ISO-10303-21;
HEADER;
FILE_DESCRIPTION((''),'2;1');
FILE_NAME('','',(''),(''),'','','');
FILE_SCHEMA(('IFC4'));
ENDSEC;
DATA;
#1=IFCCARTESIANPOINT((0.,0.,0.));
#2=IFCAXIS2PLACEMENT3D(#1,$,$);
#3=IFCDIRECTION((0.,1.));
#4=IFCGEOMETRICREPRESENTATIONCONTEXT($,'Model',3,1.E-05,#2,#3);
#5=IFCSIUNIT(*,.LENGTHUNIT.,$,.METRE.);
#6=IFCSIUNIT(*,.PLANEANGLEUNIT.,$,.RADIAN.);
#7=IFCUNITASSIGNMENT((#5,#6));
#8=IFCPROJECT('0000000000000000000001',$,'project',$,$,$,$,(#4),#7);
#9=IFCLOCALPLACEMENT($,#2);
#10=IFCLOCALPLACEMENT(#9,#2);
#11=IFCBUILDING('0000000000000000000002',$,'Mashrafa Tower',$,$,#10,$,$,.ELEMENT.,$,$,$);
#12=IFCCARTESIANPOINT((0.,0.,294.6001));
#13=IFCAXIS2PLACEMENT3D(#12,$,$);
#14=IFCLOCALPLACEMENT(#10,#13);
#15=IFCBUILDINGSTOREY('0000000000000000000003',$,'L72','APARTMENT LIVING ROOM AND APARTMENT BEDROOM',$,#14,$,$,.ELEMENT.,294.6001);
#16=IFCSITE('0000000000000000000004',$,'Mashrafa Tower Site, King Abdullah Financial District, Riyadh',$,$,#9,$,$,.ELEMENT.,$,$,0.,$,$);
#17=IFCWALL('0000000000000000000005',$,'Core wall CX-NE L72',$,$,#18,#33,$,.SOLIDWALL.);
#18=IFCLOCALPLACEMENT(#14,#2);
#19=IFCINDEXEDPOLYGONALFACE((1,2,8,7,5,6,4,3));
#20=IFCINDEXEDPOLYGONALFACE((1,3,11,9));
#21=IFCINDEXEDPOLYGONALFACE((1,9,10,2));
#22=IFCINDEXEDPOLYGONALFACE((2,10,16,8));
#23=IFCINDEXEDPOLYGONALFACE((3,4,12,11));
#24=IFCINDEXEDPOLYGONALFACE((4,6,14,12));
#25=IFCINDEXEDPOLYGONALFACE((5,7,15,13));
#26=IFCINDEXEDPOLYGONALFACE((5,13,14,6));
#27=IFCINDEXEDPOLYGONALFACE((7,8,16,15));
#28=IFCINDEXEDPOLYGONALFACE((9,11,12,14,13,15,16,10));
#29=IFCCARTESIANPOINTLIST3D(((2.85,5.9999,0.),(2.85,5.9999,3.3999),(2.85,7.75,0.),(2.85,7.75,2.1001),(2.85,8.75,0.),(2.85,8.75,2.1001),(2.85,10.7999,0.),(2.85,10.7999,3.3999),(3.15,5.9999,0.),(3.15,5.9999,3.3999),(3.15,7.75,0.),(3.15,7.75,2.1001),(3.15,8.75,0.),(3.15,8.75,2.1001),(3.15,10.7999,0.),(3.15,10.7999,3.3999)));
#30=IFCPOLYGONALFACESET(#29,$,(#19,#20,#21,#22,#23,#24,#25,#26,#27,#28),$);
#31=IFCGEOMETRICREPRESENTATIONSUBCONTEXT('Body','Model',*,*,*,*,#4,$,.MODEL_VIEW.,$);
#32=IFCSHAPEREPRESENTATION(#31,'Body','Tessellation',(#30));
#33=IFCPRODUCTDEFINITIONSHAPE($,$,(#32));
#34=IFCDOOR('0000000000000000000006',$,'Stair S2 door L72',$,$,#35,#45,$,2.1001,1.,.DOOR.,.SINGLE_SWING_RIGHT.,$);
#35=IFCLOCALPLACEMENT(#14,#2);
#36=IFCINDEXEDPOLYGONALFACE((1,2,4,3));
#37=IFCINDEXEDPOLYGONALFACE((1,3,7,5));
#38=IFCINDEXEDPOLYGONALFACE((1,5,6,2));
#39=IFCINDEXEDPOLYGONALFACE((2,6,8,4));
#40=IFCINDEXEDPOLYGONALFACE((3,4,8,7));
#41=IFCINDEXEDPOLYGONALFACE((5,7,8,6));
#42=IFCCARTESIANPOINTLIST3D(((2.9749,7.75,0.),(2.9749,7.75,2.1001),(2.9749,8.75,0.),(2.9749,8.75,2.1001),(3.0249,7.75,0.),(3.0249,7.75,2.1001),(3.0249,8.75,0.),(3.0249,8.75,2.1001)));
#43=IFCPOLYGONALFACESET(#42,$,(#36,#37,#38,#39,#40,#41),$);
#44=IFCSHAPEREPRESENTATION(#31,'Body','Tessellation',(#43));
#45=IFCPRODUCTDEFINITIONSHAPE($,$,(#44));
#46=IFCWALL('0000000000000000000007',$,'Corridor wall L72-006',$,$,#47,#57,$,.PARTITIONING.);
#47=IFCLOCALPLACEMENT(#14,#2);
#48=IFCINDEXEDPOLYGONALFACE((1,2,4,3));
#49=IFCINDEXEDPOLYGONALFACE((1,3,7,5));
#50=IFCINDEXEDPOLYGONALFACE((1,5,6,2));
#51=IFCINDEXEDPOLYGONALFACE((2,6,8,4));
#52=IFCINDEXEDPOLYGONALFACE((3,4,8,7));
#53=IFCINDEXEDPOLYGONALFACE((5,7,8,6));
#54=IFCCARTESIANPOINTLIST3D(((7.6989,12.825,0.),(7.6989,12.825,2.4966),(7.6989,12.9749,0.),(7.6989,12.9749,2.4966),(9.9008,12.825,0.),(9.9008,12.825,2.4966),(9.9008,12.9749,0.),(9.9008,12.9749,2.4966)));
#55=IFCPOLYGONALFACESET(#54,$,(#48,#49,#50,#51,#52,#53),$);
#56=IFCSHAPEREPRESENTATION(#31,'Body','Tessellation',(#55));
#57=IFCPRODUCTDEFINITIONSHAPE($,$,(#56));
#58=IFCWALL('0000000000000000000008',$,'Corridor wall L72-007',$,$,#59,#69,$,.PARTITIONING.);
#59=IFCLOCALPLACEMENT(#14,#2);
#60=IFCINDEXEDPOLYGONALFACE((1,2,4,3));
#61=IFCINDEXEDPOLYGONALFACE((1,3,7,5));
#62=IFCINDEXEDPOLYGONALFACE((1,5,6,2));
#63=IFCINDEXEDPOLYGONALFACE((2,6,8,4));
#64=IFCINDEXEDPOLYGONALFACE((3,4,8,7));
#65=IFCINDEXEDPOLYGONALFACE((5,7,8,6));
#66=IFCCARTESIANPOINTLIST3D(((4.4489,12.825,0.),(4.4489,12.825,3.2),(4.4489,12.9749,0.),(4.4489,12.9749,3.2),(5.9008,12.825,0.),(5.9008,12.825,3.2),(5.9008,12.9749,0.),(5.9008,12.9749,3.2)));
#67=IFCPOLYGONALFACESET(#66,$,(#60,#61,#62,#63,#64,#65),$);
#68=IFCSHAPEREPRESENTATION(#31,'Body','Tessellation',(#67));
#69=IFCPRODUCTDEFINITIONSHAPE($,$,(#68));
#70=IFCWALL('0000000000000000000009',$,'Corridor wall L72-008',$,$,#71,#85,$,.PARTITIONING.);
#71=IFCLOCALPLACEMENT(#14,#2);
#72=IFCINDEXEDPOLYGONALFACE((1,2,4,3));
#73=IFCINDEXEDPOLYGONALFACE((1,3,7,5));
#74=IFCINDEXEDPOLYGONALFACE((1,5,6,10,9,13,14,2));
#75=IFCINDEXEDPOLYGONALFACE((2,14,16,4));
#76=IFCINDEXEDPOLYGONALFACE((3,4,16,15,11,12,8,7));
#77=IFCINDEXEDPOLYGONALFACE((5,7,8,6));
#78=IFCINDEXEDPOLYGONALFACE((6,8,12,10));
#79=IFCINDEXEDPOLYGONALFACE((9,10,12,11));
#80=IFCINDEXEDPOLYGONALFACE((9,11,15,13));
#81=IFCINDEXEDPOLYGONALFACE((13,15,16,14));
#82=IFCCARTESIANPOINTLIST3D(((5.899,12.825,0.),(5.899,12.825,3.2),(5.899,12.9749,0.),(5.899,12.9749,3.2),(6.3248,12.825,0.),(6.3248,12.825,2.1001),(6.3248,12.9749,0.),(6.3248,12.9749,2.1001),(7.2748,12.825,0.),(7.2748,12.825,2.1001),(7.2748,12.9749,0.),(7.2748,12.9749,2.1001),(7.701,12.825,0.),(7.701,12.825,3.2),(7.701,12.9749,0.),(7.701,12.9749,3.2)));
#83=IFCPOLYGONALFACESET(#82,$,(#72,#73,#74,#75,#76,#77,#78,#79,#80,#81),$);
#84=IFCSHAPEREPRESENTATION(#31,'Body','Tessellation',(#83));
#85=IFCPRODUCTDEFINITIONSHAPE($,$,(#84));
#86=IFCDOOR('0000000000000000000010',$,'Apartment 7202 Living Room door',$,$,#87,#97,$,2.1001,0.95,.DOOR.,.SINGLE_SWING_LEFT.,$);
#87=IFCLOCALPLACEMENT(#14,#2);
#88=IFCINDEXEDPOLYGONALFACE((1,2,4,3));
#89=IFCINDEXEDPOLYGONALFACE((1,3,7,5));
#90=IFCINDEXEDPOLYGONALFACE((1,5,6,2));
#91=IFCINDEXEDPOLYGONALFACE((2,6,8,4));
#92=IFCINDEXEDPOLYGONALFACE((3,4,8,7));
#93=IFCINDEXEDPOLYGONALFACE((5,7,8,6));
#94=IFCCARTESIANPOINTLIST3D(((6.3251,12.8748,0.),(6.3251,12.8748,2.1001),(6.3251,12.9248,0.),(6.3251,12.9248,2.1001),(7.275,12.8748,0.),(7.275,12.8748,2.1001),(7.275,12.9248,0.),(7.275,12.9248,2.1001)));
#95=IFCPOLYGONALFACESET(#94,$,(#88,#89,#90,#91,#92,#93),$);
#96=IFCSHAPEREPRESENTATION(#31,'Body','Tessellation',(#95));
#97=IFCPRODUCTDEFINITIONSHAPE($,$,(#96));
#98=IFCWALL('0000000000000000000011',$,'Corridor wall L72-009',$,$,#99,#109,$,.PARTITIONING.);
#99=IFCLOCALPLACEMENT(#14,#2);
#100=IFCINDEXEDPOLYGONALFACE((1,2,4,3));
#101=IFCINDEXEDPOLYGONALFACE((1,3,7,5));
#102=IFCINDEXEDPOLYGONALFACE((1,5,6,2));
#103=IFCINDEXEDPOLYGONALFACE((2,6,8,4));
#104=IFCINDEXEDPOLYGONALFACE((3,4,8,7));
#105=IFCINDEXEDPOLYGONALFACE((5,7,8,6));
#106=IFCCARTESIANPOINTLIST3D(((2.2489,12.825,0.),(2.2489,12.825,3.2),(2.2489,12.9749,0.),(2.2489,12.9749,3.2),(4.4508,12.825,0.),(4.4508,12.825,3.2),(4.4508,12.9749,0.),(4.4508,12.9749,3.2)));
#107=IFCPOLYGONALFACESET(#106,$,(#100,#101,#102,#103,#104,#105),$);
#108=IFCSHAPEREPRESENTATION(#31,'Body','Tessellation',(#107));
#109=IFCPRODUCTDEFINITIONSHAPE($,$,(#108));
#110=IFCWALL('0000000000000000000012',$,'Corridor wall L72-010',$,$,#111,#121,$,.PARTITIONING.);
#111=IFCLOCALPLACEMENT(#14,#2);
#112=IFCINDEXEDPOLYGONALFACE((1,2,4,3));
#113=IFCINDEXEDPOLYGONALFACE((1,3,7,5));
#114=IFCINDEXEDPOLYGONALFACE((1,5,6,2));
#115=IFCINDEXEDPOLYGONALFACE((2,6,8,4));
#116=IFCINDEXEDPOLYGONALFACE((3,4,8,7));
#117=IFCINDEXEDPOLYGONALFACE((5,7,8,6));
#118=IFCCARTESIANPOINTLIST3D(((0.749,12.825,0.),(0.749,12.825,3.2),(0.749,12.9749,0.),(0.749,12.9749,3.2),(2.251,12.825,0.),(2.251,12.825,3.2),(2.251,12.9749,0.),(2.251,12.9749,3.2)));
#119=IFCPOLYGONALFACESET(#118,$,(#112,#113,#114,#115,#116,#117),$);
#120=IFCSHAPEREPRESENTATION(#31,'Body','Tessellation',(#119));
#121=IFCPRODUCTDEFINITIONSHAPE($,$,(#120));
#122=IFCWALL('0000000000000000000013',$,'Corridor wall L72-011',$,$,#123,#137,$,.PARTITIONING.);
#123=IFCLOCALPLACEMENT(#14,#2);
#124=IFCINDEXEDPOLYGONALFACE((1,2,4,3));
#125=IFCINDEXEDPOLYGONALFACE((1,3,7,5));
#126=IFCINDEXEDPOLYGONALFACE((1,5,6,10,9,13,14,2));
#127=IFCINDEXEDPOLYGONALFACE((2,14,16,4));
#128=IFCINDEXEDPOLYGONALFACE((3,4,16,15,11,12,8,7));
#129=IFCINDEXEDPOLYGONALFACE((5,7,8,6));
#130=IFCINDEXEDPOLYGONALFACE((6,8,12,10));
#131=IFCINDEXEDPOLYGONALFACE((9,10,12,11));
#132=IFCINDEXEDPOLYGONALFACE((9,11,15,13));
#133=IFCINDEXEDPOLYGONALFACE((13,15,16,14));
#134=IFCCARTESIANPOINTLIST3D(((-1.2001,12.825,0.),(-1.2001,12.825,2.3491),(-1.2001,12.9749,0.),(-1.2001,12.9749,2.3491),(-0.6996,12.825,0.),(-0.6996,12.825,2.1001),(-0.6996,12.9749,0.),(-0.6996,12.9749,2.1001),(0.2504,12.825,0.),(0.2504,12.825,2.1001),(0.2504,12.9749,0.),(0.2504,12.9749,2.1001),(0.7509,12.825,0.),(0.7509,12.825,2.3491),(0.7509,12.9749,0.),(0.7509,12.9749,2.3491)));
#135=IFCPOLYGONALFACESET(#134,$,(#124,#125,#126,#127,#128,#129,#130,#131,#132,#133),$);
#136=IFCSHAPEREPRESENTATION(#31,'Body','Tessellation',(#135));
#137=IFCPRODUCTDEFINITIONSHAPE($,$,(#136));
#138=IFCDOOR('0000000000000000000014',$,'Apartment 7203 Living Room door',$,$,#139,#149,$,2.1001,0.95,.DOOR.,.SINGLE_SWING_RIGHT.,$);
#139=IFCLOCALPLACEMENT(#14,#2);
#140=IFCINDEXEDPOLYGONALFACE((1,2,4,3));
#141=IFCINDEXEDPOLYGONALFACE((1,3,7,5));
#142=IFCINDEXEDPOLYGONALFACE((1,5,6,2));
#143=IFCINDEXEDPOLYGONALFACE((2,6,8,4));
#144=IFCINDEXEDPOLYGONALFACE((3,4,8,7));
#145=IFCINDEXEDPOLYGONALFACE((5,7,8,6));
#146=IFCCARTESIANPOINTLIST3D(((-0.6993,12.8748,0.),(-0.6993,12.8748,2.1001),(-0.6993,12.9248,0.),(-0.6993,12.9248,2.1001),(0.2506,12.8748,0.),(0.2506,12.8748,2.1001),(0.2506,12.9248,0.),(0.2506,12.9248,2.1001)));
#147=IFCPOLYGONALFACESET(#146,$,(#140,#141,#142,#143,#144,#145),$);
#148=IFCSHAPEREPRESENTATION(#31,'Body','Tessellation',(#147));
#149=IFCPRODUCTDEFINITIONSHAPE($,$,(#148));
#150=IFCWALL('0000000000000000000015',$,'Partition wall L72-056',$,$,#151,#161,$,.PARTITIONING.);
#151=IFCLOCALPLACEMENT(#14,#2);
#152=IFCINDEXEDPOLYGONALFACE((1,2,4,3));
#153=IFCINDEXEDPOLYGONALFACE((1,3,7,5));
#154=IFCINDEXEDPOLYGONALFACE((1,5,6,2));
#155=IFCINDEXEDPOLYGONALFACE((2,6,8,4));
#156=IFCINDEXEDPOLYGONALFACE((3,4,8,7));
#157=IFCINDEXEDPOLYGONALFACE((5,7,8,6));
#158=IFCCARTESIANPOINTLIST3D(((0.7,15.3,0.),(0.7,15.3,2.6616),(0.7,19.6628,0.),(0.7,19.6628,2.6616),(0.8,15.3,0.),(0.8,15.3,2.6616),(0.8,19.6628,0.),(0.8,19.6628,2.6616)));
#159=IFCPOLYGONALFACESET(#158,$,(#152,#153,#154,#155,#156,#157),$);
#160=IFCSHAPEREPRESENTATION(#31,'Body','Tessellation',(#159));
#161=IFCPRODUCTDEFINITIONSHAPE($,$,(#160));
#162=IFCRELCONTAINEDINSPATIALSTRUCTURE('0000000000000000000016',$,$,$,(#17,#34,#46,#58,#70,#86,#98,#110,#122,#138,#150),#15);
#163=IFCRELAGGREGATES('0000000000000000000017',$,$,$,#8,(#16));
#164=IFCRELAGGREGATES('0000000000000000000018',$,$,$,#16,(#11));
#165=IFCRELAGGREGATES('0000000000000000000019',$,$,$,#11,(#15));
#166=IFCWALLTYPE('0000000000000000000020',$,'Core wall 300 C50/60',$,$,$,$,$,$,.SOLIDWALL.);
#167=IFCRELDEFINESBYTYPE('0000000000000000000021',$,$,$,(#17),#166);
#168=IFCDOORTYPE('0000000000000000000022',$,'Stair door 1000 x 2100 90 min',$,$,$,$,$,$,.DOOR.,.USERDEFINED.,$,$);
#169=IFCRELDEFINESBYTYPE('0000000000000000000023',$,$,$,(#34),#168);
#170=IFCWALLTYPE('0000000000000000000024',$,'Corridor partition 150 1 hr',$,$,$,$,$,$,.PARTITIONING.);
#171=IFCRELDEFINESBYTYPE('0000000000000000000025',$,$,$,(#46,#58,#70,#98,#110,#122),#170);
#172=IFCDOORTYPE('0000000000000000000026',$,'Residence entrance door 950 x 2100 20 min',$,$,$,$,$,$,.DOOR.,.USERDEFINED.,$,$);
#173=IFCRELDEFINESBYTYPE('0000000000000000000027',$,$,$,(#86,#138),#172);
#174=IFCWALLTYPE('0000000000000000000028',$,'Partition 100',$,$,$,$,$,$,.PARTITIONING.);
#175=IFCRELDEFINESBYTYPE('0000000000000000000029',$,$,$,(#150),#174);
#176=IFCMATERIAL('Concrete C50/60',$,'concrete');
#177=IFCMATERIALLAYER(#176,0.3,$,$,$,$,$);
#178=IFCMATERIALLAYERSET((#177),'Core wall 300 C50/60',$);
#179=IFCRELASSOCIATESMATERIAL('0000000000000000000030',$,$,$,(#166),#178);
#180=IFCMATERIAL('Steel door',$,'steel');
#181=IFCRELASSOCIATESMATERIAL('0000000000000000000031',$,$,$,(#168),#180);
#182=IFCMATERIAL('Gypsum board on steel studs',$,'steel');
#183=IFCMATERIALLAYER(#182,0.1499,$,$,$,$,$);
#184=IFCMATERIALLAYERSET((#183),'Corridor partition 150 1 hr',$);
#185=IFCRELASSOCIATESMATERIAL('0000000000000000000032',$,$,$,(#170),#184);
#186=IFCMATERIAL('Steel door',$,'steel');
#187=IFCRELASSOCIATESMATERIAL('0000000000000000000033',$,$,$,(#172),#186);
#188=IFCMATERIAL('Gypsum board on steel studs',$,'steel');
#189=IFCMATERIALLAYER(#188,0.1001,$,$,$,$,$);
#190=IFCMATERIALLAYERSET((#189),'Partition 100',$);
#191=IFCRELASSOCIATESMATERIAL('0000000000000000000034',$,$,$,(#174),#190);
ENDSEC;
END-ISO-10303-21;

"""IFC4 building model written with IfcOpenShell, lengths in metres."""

from ifc_helpers import new_model, si_unit, direction, frame, frame_2d, origin, place, context, subcontext, project, spatial, rectangle, extrude, material, layer, layer_set, type_object, element, fill, save


model = new_model("IFC4")

# Units and contexts
model_context = context("Model", 3, precision=1e-05, world=origin(), true_north=direction((0.0, 1.0)))
body_context = subcontext(model_context, "Body", "Model", "MODEL_VIEW")
ifc_project = project(units=[si_unit("LENGTHUNIT", "METRE"), si_unit("PLANEANGLEUNIT", "RADIAN")], contexts=[model_context])

# Site, building, storey
site_placement = place(None, origin())
site = spatial("IfcSite", under=ifc_project, at=site_placement, Name="Mashrafa Tower Site, King Abdullah Financial District, Riyadh", CompositionType="ELEMENT", RefElevation=0.0)
building_placement = place(site_placement, origin())
building = spatial("IfcBuilding", under=site, at=building_placement, Name="Mashrafa Tower", CompositionType="ELEMENT")
storey_placement = place(building_placement, frame((0.0, 0.0, 294.6001)))
storey = spatial("IfcBuildingStorey", under=building, at=storey_placement, Name="L72", Description="APARTMENT LIVING ROOM AND APARTMENT BEDROOM", CompositionType="ELEMENT", Elevation=294.6001)

# Wall, opening, door
ifc_material_1 = material(Name="Concrete C50/60", Category="concrete")
ifc_layer_1 = layer(ifc_material_1, 0.3)
ifc_layer_set_1 = layer_set([ifc_layer_1], Name="Core wall 300 C50/60")
wall_type_1 = type_object("IfcWallType", Name="Core wall 300 C50/60", PredefinedType="SOLIDWALL", material=ifc_layer_set_1)
wall_1_placement = place(storey_placement, frame((3.0, 6.0, 0.0), z_axis=(0.0, 0.0, 1.0), x_axis=(0.0, 1.0, 0.0)))
wall_1 = element("IfcWall", 1, at=wall_1_placement, inside=storey, type_object=wall_type_1, Name="Core wall CX-NE L72", PredefinedType="SOLIDWALL", context=body_context, shape_type="SweptSolid", body=[
    extrude(rectangle(XDim=4.8, YDim=0.3, at=frame_2d((2.3999, 0.0))), origin(), (0.0, 0.0, 1.0), 3.3999),
])
opening_1_placement = place(wall_1_placement, frame((1.75, 0.0, 0.0)))
opening_1 = element("IfcOpeningElement", 2, at=opening_1_placement, cuts=wall_1, PredefinedType="OPENING", context=body_context, shape_type="SweptSolid", body=[
    extrude(rectangle(XDim=1.0, YDim=2.1001, at=frame_2d((0.5, 1.05))), frame((0.0, 0.1599, 0.0), z_axis=(0.0, -1.0, 0.0), x_axis=(1.0, 0.0, 0.0)), (0.0, 0.0, 1.0), 0.3201),
])
ifc_material_2 = material(Name="Steel door", Category="steel")
door_type_1 = type_object("IfcDoorType", Name="Stair door 1000 x 2100 90 min", OperationType="USERDEFINED", PredefinedType="DOOR", material=ifc_material_2)
door_1_placement = place(opening_1_placement, frame((1.0, 0.0, 0.0), z_axis=(0.0, 0.0, 1.0), x_axis=(-1.0, 0.0, 0.0)))
door_1 = element("IfcDoor", 3, at=door_1_placement, inside=storey, type_object=door_type_1, Name="Stair S2 door L72", OperationType="SINGLE_SWING_RIGHT", OverallHeight=2.1001, OverallWidth=1.0, PredefinedType="DOOR", context=body_context, shape_type="SweptSolid", body=[
    extrude(rectangle(XDim=1.0, YDim=2.1001, at=frame_2d((0.5, 1.05))), frame((0.0, 0.0249, 0.0), z_axis=(0.0, -1.0, 0.0), x_axis=(1.0, 0.0, 0.0)), (0.0, 0.0, 1.0), 0.05),
])
fill(opening_1, door_1)

# Walls
ifc_material_3 = material(Name="Gypsum board on steel studs", Category="steel")
ifc_layer_2 = layer(ifc_material_3, 0.1499)
ifc_layer_set_2 = layer_set([ifc_layer_2], Name="Corridor partition 150 1 hr")
wall_type_2 = type_object("IfcWallType", Name="Corridor partition 150 1 hr", PredefinedType="PARTITIONING", material=ifc_layer_set_2)
wall_2_placement = place(storey_placement, frame((9.9009, 12.8999, 0.0), z_axis=(0.0, 0.0, 1.0), x_axis=(-1.0, 0.0, 0.0)))
element("IfcWall", 4, at=wall_2_placement, inside=storey, type_object=wall_type_2, Name="Corridor wall L72-006", PredefinedType="PARTITIONING", context=body_context, shape_type="SweptSolid", body=[
    extrude(rectangle(XDim=2.2019, YDim=0.1499, at=frame_2d((1.1011, 0.0))), origin(), (0.0, 0.0, 1.0), 2.4966),
])
wall_3_placement = place(storey_placement, frame((5.9009, 12.8999, 0.0), z_axis=(0.0, 0.0, 1.0), x_axis=(-1.0, 0.0, 0.0)))
element("IfcWall", 5, at=wall_3_placement, inside=storey, type_object=wall_type_2, Name="Corridor wall L72-007", PredefinedType="PARTITIONING", context=body_context, shape_type="SweptSolid", body=[
    extrude(rectangle(XDim=1.4519, YDim=0.1499, at=frame_2d((0.7261, 0.0))), origin(), (0.0, 0.0, 1.0), 3.2),
])

# Wall, opening, door
wall_4_placement = place(storey_placement, frame((7.7009, 12.8999, 0.0), z_axis=(0.0, 0.0, 1.0), x_axis=(-1.0, 0.0, 0.0)))
wall_4 = element("IfcWall", 6, at=wall_4_placement, inside=storey, type_object=wall_type_2, Name="Corridor wall L72-008", PredefinedType="PARTITIONING", context=body_context, shape_type="SweptSolid", body=[
    extrude(rectangle(XDim=1.802, YDim=0.1499, at=frame_2d((0.9009, 0.0))), origin(), (0.0, 0.0, 1.0), 3.2),
])
opening_2_placement = place(wall_4_placement, frame((0.426, 0.0, 0.0)))
opening_2 = element("IfcOpeningElement", 7, at=opening_2_placement, cuts=wall_4, PredefinedType="OPENING", context=body_context, shape_type="SweptSolid", body=[
    extrude(rectangle(XDim=0.95, YDim=2.1001, at=frame_2d((0.4751, 1.05))), frame((0.0, 0.085, 0.0), z_axis=(0.0, -1.0, 0.0), x_axis=(1.0, 0.0, 0.0)), (0.0, 0.0, 1.0), 0.1699),
])
ifc_material_4 = material(Name="Steel door", Category="steel")
door_type_2 = type_object("IfcDoorType", Name="Residence entrance door 950 x 2100 20 min", OperationType="USERDEFINED", PredefinedType="DOOR", material=ifc_material_4)
door_2_placement = place(opening_2_placement, frame((0.95, 0.0, 0.0), z_axis=(0.0, 0.0, 1.0), x_axis=(-1.0, 0.0, 0.0)))
door_2 = element("IfcDoor", 8, at=door_2_placement, inside=storey, type_object=door_type_2, Name="Apartment 7202 Living Room door", OperationType="SINGLE_SWING_LEFT", OverallHeight=2.1001, OverallWidth=0.95, PredefinedType="DOOR", context=body_context, shape_type="SweptSolid", body=[
    extrude(rectangle(XDim=0.95, YDim=2.1001, at=frame_2d((0.4751, 1.05))), frame((0.0, 0.0249, 0.0), z_axis=(0.0, -1.0, 0.0), x_axis=(1.0, 0.0, 0.0)), (0.0, 0.0, 1.0), 0.05),
])
fill(opening_2, door_2)

# Walls
wall_5_placement = place(storey_placement, frame((4.4509, 12.8999, 0.0), z_axis=(0.0, 0.0, 1.0), x_axis=(-1.0, 0.0, 0.0)))
element("IfcWall", 9, at=wall_5_placement, inside=storey, type_object=wall_type_2, Name="Corridor wall L72-009", PredefinedType="PARTITIONING", context=body_context, shape_type="SweptSolid", body=[
    extrude(rectangle(XDim=2.2019, YDim=0.1499, at=frame_2d((1.1011, 0.0))), origin(), (0.0, 0.0, 1.0), 3.2),
])
wall_6_placement = place(storey_placement, frame((2.251, 12.8999, 0.0), z_axis=(0.0, 0.0, 1.0), x_axis=(-1.0, 0.0, 0.0)))
element("IfcWall", 10, at=wall_6_placement, inside=storey, type_object=wall_type_2, Name="Corridor wall L72-010", PredefinedType="PARTITIONING", context=body_context, shape_type="SweptSolid", body=[
    extrude(rectangle(XDim=1.502, YDim=0.1499, at=frame_2d((0.751, 0.0))), origin(), (0.0, 0.0, 1.0), 3.2),
])

# Wall, opening, door
wall_7_placement = place(storey_placement, frame((0.751, 12.8999, 0.0), z_axis=(0.0, 0.0, 1.0), x_axis=(-1.0, 0.0, 0.0)))
wall_7 = element("IfcWall", 11, at=wall_7_placement, inside=storey, type_object=wall_type_2, Name="Corridor wall L72-011", PredefinedType="PARTITIONING", context=body_context, shape_type="SweptSolid", body=[
    extrude(rectangle(XDim=1.9509, YDim=0.1499, at=frame_2d((0.9756, 0.0))), origin(), (0.0, 0.0, 1.0), 2.3491),
])
opening_3_placement = place(wall_7_placement, frame((0.5005, 0.0, 0.0)))
opening_3 = element("IfcOpeningElement", 12, at=opening_3_placement, cuts=wall_7, PredefinedType="OPENING", context=body_context, shape_type="SweptSolid", body=[
    extrude(rectangle(XDim=0.95, YDim=2.1001, at=frame_2d((0.4751, 1.05))), frame((0.0, 0.085, 0.0), z_axis=(0.0, -1.0, 0.0), x_axis=(1.0, 0.0, 0.0)), (0.0, 0.0, 1.0), 0.1699),
])
door_3_placement = place(opening_3_placement, frame((0.95, 0.0, 0.0), z_axis=(0.0, 0.0, 1.0), x_axis=(-1.0, 0.0, 0.0)))
door_3 = element("IfcDoor", 13, at=door_3_placement, inside=storey, type_object=door_type_2, Name="Apartment 7203 Living Room door", OperationType="SINGLE_SWING_RIGHT", OverallHeight=2.1001, OverallWidth=0.95, PredefinedType="DOOR", context=body_context, shape_type="SweptSolid", body=[
    extrude(rectangle(XDim=0.95, YDim=2.1001, at=frame_2d((0.4751, 1.05))), frame((0.0, 0.0249, 0.0), z_axis=(0.0, -1.0, 0.0), x_axis=(1.0, 0.0, 0.0)), (0.0, 0.0, 1.0), 0.05),
])
fill(opening_3, door_3)

# Wall
ifc_material_5 = material(Name="Gypsum board on steel studs", Category="steel")
ifc_layer_3 = layer(ifc_material_5, 0.1001)
ifc_layer_set_3 = layer_set([ifc_layer_3], Name="Partition 100")
wall_type_3 = type_object("IfcWallType", Name="Partition 100", PredefinedType="PARTITIONING", material=ifc_layer_set_3)
wall_8_placement = place(storey_placement, frame((0.75, 15.3, 0.0), z_axis=(0.0, 0.0, 1.0), x_axis=(0.0, 1.0, 0.0)))
element("IfcWall", 14, at=wall_8_placement, inside=storey, type_object=wall_type_3, Name="Partition wall L72-056", PredefinedType="PARTITIONING", context=body_context, shape_type="SweptSolid", body=[
    extrude(rectangle(XDim=4.3628, YDim=0.1001, at=frame_2d((2.1814, 0.0))), origin(), (0.0, 0.0, 1.0), 2.6616),
])

save(model, "model.ifc")
